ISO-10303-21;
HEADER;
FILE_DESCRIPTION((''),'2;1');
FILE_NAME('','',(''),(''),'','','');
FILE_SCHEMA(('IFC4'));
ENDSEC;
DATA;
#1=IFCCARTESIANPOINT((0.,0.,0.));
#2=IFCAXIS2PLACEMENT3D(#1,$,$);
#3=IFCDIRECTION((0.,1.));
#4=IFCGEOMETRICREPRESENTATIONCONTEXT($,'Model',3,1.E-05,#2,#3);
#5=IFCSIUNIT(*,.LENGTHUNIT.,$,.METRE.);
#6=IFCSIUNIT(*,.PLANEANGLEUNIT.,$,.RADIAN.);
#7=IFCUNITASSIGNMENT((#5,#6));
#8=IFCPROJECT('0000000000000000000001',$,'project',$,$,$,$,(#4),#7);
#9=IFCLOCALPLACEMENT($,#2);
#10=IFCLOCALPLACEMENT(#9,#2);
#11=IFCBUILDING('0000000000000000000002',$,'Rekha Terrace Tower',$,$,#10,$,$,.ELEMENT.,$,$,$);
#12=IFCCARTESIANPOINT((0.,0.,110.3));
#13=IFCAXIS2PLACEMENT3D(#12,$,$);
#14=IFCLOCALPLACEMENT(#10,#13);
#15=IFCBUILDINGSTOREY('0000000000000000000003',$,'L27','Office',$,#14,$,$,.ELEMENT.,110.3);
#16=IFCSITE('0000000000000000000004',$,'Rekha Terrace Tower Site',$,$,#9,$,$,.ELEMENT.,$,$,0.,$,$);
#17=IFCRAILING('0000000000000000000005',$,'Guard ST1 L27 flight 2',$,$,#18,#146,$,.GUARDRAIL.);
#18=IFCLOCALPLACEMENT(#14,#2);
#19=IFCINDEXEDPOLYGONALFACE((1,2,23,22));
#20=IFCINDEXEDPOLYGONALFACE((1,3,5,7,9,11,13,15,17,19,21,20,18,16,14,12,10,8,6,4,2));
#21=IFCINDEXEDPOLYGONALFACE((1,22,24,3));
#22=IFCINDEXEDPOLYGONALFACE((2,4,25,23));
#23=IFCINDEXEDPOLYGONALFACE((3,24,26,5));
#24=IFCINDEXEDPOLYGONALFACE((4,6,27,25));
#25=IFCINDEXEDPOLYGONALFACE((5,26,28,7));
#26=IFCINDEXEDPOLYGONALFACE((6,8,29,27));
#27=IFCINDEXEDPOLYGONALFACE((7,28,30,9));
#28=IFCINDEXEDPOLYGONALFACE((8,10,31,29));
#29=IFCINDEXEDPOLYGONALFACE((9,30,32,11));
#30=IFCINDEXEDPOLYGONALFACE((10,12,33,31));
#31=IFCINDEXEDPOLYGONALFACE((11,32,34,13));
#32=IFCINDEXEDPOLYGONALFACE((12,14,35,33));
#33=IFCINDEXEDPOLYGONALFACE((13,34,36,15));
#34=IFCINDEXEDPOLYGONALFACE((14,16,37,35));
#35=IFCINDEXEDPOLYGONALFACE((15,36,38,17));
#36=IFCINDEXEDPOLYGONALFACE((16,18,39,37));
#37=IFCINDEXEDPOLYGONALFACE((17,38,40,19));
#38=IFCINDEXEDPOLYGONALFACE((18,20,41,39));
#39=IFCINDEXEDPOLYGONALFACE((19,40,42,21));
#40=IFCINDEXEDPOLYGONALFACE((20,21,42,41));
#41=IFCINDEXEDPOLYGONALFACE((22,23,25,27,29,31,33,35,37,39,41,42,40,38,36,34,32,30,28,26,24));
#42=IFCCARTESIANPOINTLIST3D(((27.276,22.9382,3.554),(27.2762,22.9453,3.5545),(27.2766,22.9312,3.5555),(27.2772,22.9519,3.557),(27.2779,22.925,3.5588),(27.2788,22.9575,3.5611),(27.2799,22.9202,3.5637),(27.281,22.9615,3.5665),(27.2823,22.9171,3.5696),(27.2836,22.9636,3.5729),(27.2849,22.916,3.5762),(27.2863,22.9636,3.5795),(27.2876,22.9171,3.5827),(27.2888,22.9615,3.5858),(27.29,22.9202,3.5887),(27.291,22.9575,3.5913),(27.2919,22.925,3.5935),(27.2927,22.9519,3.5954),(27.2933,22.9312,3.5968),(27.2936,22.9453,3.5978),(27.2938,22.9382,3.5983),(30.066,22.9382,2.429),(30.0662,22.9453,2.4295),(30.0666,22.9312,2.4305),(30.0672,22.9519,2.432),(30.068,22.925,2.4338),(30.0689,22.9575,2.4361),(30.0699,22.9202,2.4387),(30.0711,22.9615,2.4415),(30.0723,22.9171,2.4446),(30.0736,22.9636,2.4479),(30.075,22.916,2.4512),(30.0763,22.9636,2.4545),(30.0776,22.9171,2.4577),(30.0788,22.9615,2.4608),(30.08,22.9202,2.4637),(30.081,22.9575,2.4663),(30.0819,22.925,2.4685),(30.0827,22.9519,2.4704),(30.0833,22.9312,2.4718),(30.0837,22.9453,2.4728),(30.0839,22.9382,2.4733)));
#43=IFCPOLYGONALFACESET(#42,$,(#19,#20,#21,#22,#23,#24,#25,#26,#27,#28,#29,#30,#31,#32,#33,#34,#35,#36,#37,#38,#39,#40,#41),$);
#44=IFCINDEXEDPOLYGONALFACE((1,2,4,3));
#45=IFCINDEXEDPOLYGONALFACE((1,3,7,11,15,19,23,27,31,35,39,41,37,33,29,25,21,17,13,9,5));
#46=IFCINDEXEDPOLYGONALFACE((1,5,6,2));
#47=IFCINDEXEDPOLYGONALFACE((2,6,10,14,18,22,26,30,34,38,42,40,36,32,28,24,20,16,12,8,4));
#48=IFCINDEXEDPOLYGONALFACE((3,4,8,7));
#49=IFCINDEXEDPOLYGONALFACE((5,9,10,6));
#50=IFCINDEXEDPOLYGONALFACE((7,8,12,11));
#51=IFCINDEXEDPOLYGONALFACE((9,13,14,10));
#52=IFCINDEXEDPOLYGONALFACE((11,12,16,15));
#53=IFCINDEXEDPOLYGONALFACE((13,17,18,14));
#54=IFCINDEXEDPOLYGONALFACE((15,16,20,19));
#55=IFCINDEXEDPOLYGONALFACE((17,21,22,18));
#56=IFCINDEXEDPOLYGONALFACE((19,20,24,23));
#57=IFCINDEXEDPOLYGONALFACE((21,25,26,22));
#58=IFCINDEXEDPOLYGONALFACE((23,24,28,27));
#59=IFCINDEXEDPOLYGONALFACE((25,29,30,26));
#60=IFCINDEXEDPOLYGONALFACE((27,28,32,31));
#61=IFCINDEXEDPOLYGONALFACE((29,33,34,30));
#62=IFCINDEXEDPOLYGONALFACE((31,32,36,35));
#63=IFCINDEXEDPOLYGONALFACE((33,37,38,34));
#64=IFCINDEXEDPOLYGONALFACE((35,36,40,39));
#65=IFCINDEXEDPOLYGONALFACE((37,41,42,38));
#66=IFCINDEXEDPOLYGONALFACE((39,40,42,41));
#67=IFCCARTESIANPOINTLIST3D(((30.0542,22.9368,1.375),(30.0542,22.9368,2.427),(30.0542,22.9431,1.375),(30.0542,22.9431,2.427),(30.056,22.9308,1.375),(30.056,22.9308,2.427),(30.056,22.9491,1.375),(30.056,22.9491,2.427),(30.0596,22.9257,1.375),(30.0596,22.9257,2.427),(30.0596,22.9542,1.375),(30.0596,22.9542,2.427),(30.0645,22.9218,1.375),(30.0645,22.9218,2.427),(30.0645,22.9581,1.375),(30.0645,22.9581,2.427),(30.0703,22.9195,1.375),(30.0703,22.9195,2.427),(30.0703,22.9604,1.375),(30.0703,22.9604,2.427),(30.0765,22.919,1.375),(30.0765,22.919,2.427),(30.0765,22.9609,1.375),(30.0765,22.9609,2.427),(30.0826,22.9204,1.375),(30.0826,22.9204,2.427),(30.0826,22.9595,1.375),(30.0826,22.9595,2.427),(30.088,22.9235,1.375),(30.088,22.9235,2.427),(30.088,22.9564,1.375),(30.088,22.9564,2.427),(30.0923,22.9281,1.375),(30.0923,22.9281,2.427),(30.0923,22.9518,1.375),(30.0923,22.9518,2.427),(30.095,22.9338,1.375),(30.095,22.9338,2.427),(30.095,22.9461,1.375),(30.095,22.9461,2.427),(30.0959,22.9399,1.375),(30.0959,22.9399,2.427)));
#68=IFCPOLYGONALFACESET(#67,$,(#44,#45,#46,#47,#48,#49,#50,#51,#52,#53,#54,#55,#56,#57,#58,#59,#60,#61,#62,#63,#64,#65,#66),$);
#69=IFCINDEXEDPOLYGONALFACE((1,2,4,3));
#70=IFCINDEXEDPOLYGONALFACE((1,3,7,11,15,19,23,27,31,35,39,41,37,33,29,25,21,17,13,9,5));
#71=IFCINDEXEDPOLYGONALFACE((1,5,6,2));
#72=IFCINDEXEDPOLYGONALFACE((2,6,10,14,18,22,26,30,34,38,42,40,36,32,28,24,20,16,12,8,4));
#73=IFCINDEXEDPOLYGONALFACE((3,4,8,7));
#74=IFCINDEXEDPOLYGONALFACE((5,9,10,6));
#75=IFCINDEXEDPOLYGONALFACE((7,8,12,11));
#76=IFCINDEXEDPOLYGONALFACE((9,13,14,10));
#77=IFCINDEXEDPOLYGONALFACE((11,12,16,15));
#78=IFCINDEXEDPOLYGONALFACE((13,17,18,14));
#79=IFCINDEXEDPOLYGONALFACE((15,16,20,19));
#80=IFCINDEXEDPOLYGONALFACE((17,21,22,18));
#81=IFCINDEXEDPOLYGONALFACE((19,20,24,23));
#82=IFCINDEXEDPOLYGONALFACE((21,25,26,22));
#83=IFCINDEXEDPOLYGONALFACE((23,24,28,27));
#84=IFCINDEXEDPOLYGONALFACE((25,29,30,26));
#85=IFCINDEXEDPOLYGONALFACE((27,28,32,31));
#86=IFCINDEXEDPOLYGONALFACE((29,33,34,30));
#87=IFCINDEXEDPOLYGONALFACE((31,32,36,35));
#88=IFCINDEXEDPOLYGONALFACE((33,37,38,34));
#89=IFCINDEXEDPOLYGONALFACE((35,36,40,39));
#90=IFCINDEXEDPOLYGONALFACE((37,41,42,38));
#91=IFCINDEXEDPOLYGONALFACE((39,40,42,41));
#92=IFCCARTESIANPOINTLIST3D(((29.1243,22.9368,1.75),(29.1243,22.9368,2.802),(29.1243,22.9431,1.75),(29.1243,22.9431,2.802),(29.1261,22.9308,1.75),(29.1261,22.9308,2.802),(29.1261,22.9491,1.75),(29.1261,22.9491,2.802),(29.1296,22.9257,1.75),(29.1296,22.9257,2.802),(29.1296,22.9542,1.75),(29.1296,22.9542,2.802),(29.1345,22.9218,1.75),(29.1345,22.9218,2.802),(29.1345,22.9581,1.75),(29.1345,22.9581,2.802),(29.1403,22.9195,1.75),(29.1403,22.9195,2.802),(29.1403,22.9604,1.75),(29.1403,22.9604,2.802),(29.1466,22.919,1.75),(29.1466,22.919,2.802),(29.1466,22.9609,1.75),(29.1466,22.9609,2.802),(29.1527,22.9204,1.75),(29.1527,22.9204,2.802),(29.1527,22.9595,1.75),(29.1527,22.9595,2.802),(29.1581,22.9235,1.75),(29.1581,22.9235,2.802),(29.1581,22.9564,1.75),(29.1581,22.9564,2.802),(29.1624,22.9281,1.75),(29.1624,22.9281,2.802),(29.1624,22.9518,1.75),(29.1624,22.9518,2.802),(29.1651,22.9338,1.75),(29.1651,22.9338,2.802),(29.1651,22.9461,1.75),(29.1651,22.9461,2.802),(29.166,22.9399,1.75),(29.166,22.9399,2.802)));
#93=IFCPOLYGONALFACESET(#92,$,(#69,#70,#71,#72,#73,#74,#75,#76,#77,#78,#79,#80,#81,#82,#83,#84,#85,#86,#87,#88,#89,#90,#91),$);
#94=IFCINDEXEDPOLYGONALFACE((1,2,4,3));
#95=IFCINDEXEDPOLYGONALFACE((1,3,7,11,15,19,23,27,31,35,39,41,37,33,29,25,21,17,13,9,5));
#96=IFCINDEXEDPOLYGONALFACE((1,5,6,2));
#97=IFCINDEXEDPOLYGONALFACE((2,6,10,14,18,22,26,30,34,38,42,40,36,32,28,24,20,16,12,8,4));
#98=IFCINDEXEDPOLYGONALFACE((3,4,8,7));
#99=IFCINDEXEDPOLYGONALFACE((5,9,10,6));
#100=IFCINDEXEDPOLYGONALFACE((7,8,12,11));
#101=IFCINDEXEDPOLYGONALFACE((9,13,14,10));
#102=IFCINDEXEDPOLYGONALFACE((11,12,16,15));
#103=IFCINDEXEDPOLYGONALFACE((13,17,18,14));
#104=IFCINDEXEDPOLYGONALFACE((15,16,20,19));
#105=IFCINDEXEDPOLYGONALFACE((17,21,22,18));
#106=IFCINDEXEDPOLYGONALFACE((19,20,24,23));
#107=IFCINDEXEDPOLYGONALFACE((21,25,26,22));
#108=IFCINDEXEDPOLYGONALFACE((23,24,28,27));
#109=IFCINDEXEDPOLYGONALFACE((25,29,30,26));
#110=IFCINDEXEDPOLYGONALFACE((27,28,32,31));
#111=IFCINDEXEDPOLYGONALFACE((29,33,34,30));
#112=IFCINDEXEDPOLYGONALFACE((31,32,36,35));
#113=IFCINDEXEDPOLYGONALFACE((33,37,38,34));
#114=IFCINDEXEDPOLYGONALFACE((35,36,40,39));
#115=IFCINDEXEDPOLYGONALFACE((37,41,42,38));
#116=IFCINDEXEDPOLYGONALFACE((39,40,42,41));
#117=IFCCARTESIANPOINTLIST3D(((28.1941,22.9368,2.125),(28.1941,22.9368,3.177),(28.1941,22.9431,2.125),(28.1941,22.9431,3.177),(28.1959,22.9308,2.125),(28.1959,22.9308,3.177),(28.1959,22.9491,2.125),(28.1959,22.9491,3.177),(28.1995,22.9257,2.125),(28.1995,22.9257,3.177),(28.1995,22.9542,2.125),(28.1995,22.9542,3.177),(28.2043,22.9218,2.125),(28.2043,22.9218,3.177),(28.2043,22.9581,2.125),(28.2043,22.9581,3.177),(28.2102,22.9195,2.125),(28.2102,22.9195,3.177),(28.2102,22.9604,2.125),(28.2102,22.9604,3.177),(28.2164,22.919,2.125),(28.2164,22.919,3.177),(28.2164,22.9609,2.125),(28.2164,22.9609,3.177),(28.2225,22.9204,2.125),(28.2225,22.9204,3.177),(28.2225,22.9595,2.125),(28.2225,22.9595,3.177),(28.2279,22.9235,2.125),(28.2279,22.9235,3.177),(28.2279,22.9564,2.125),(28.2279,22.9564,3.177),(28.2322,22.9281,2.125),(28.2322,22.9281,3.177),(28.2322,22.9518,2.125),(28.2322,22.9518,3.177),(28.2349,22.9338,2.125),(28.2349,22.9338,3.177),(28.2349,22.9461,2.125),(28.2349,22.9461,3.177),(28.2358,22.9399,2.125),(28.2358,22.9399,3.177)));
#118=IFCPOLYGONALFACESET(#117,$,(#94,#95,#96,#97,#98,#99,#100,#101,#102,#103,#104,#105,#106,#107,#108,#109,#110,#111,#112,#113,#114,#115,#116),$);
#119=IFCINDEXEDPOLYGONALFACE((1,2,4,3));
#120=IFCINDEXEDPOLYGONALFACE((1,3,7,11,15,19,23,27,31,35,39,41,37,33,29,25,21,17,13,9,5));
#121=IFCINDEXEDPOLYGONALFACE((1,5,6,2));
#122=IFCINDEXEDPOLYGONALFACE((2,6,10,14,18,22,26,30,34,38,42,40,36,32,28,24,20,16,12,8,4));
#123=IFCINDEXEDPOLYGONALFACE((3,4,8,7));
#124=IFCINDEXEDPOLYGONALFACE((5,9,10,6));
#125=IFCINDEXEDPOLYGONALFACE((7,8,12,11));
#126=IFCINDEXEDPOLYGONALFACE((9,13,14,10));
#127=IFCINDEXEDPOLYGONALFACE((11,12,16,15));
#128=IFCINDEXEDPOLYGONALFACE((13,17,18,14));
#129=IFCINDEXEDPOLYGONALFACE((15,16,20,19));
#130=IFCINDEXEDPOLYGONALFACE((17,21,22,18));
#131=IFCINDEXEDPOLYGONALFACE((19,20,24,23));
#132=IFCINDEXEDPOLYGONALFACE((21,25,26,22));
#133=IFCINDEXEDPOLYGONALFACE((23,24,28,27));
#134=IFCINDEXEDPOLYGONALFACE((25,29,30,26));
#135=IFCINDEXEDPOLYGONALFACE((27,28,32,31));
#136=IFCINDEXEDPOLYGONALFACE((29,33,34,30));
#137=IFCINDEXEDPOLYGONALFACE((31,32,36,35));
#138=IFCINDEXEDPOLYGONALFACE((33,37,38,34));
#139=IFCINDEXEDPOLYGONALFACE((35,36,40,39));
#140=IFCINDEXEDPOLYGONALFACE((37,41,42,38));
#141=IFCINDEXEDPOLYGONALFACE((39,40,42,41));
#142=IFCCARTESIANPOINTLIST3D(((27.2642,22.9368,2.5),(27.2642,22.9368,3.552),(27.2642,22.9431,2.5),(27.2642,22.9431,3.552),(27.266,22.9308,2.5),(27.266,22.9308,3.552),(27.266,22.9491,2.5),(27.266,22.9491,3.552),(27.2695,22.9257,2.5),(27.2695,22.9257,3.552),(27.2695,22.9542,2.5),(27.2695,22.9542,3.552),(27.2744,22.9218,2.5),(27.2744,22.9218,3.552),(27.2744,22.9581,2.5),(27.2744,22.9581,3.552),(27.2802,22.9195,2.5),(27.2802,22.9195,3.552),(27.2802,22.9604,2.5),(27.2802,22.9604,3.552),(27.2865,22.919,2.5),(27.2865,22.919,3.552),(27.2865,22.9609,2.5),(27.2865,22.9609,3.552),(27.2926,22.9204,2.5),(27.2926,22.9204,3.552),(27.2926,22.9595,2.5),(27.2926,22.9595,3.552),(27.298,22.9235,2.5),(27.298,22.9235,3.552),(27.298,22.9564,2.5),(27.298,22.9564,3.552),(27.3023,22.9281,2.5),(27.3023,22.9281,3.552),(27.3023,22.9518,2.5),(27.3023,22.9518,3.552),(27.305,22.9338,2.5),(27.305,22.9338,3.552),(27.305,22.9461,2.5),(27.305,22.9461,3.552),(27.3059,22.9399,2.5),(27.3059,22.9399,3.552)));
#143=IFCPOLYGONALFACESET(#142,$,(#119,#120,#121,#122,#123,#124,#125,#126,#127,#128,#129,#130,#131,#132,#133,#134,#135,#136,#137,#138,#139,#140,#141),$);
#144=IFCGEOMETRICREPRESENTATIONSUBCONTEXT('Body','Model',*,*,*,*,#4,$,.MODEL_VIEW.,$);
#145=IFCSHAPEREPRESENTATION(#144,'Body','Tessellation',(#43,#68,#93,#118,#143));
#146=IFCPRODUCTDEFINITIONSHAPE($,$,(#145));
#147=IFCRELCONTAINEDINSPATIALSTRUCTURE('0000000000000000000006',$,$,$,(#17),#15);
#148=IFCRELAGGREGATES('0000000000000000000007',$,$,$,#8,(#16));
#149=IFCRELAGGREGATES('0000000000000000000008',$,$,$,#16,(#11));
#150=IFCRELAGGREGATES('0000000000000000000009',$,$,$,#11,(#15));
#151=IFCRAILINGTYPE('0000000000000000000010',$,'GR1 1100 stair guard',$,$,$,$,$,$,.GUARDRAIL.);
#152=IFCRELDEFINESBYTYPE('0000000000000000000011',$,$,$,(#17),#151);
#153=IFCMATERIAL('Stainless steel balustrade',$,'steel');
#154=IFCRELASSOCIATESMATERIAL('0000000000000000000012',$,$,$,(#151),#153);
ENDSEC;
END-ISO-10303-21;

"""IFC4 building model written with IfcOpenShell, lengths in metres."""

from ifc_helpers import new_model, si_unit, direction, frame, origin, origin_2d, place, context, subcontext, project, spatial, circle, extrude, material, type_object, element, save


model = new_model("IFC4")

# Units and contexts
model_context = context("Model", 3, precision=1e-05, world=origin(), true_north=direction((0.0, 1.0)))
body_context = subcontext(model_context, "Body", "Model", "MODEL_VIEW")
ifc_project = project(units=[si_unit("LENGTHUNIT", "METRE"), si_unit("PLANEANGLEUNIT", "RADIAN")], contexts=[model_context])

# Site, building, storey
site_placement = place(None, origin())
site = spatial("IfcSite", under=ifc_project, at=site_placement, Name="Rekha Terrace Tower Site", CompositionType="ELEMENT", RefElevation=0.0)
building_placement = place(site_placement, origin())
building = spatial("IfcBuilding", under=site, at=building_placement, Name="Rekha Terrace Tower", CompositionType="ELEMENT")
storey_placement = place(building_placement, frame((0.0, 0.0, 110.3)))
storey = spatial("IfcBuildingStorey", under=building, at=storey_placement, Name="L27", Description="Office", CompositionType="ELEMENT", Elevation=110.3)

# Railing
ifc_material_1 = material(Name="Stainless steel balustrade", Category="steel")
railing_type_1 = type_object("IfcRailingType", Name="GR1 1100 stair guard", PredefinedType="GUARDRAIL", material=ifc_material_1)
railing_1_placement = place(storey_placement, frame((30.075, 22.9399, 1.375)))
element("IfcRailing", 1, at=railing_1_placement, inside=storey, type_object=railing_type_1, Name="Guard ST1 L27 flight 2", PredefinedType="GUARDRAIL", context=body_context, shape_type="SweptSolid", body=[
    extrude(circle(Radius=0.0239, at=origin_2d()), frame((0.0, 0.0, 1.0762), z_axis=(-0.927443, 0.0, 0.373964), x_axis=(0.0, -1.0, 0.0)), (0.0, 0.0, 1.0), 3.0083),
    extrude(circle(Radius=0.021, at=origin_2d()), origin(), (0.0, 0.0, 1.0), 1.052),
    extrude(circle(Radius=0.021, at=origin_2d()), frame((-0.9299, 0.0, 0.375)), (0.0, 0.0, 1.0), 1.052),
    extrude(circle(Radius=0.021, at=origin_2d()), frame((-1.8601, 0.0, 0.75)), (0.0, 0.0, 1.0), 1.052),
    extrude(circle(Radius=0.021, at=origin_2d()), frame((-2.79, 0.0, 1.125)), (0.0, 0.0, 1.0), 1.052),
])

save(model, "model.ifc")
